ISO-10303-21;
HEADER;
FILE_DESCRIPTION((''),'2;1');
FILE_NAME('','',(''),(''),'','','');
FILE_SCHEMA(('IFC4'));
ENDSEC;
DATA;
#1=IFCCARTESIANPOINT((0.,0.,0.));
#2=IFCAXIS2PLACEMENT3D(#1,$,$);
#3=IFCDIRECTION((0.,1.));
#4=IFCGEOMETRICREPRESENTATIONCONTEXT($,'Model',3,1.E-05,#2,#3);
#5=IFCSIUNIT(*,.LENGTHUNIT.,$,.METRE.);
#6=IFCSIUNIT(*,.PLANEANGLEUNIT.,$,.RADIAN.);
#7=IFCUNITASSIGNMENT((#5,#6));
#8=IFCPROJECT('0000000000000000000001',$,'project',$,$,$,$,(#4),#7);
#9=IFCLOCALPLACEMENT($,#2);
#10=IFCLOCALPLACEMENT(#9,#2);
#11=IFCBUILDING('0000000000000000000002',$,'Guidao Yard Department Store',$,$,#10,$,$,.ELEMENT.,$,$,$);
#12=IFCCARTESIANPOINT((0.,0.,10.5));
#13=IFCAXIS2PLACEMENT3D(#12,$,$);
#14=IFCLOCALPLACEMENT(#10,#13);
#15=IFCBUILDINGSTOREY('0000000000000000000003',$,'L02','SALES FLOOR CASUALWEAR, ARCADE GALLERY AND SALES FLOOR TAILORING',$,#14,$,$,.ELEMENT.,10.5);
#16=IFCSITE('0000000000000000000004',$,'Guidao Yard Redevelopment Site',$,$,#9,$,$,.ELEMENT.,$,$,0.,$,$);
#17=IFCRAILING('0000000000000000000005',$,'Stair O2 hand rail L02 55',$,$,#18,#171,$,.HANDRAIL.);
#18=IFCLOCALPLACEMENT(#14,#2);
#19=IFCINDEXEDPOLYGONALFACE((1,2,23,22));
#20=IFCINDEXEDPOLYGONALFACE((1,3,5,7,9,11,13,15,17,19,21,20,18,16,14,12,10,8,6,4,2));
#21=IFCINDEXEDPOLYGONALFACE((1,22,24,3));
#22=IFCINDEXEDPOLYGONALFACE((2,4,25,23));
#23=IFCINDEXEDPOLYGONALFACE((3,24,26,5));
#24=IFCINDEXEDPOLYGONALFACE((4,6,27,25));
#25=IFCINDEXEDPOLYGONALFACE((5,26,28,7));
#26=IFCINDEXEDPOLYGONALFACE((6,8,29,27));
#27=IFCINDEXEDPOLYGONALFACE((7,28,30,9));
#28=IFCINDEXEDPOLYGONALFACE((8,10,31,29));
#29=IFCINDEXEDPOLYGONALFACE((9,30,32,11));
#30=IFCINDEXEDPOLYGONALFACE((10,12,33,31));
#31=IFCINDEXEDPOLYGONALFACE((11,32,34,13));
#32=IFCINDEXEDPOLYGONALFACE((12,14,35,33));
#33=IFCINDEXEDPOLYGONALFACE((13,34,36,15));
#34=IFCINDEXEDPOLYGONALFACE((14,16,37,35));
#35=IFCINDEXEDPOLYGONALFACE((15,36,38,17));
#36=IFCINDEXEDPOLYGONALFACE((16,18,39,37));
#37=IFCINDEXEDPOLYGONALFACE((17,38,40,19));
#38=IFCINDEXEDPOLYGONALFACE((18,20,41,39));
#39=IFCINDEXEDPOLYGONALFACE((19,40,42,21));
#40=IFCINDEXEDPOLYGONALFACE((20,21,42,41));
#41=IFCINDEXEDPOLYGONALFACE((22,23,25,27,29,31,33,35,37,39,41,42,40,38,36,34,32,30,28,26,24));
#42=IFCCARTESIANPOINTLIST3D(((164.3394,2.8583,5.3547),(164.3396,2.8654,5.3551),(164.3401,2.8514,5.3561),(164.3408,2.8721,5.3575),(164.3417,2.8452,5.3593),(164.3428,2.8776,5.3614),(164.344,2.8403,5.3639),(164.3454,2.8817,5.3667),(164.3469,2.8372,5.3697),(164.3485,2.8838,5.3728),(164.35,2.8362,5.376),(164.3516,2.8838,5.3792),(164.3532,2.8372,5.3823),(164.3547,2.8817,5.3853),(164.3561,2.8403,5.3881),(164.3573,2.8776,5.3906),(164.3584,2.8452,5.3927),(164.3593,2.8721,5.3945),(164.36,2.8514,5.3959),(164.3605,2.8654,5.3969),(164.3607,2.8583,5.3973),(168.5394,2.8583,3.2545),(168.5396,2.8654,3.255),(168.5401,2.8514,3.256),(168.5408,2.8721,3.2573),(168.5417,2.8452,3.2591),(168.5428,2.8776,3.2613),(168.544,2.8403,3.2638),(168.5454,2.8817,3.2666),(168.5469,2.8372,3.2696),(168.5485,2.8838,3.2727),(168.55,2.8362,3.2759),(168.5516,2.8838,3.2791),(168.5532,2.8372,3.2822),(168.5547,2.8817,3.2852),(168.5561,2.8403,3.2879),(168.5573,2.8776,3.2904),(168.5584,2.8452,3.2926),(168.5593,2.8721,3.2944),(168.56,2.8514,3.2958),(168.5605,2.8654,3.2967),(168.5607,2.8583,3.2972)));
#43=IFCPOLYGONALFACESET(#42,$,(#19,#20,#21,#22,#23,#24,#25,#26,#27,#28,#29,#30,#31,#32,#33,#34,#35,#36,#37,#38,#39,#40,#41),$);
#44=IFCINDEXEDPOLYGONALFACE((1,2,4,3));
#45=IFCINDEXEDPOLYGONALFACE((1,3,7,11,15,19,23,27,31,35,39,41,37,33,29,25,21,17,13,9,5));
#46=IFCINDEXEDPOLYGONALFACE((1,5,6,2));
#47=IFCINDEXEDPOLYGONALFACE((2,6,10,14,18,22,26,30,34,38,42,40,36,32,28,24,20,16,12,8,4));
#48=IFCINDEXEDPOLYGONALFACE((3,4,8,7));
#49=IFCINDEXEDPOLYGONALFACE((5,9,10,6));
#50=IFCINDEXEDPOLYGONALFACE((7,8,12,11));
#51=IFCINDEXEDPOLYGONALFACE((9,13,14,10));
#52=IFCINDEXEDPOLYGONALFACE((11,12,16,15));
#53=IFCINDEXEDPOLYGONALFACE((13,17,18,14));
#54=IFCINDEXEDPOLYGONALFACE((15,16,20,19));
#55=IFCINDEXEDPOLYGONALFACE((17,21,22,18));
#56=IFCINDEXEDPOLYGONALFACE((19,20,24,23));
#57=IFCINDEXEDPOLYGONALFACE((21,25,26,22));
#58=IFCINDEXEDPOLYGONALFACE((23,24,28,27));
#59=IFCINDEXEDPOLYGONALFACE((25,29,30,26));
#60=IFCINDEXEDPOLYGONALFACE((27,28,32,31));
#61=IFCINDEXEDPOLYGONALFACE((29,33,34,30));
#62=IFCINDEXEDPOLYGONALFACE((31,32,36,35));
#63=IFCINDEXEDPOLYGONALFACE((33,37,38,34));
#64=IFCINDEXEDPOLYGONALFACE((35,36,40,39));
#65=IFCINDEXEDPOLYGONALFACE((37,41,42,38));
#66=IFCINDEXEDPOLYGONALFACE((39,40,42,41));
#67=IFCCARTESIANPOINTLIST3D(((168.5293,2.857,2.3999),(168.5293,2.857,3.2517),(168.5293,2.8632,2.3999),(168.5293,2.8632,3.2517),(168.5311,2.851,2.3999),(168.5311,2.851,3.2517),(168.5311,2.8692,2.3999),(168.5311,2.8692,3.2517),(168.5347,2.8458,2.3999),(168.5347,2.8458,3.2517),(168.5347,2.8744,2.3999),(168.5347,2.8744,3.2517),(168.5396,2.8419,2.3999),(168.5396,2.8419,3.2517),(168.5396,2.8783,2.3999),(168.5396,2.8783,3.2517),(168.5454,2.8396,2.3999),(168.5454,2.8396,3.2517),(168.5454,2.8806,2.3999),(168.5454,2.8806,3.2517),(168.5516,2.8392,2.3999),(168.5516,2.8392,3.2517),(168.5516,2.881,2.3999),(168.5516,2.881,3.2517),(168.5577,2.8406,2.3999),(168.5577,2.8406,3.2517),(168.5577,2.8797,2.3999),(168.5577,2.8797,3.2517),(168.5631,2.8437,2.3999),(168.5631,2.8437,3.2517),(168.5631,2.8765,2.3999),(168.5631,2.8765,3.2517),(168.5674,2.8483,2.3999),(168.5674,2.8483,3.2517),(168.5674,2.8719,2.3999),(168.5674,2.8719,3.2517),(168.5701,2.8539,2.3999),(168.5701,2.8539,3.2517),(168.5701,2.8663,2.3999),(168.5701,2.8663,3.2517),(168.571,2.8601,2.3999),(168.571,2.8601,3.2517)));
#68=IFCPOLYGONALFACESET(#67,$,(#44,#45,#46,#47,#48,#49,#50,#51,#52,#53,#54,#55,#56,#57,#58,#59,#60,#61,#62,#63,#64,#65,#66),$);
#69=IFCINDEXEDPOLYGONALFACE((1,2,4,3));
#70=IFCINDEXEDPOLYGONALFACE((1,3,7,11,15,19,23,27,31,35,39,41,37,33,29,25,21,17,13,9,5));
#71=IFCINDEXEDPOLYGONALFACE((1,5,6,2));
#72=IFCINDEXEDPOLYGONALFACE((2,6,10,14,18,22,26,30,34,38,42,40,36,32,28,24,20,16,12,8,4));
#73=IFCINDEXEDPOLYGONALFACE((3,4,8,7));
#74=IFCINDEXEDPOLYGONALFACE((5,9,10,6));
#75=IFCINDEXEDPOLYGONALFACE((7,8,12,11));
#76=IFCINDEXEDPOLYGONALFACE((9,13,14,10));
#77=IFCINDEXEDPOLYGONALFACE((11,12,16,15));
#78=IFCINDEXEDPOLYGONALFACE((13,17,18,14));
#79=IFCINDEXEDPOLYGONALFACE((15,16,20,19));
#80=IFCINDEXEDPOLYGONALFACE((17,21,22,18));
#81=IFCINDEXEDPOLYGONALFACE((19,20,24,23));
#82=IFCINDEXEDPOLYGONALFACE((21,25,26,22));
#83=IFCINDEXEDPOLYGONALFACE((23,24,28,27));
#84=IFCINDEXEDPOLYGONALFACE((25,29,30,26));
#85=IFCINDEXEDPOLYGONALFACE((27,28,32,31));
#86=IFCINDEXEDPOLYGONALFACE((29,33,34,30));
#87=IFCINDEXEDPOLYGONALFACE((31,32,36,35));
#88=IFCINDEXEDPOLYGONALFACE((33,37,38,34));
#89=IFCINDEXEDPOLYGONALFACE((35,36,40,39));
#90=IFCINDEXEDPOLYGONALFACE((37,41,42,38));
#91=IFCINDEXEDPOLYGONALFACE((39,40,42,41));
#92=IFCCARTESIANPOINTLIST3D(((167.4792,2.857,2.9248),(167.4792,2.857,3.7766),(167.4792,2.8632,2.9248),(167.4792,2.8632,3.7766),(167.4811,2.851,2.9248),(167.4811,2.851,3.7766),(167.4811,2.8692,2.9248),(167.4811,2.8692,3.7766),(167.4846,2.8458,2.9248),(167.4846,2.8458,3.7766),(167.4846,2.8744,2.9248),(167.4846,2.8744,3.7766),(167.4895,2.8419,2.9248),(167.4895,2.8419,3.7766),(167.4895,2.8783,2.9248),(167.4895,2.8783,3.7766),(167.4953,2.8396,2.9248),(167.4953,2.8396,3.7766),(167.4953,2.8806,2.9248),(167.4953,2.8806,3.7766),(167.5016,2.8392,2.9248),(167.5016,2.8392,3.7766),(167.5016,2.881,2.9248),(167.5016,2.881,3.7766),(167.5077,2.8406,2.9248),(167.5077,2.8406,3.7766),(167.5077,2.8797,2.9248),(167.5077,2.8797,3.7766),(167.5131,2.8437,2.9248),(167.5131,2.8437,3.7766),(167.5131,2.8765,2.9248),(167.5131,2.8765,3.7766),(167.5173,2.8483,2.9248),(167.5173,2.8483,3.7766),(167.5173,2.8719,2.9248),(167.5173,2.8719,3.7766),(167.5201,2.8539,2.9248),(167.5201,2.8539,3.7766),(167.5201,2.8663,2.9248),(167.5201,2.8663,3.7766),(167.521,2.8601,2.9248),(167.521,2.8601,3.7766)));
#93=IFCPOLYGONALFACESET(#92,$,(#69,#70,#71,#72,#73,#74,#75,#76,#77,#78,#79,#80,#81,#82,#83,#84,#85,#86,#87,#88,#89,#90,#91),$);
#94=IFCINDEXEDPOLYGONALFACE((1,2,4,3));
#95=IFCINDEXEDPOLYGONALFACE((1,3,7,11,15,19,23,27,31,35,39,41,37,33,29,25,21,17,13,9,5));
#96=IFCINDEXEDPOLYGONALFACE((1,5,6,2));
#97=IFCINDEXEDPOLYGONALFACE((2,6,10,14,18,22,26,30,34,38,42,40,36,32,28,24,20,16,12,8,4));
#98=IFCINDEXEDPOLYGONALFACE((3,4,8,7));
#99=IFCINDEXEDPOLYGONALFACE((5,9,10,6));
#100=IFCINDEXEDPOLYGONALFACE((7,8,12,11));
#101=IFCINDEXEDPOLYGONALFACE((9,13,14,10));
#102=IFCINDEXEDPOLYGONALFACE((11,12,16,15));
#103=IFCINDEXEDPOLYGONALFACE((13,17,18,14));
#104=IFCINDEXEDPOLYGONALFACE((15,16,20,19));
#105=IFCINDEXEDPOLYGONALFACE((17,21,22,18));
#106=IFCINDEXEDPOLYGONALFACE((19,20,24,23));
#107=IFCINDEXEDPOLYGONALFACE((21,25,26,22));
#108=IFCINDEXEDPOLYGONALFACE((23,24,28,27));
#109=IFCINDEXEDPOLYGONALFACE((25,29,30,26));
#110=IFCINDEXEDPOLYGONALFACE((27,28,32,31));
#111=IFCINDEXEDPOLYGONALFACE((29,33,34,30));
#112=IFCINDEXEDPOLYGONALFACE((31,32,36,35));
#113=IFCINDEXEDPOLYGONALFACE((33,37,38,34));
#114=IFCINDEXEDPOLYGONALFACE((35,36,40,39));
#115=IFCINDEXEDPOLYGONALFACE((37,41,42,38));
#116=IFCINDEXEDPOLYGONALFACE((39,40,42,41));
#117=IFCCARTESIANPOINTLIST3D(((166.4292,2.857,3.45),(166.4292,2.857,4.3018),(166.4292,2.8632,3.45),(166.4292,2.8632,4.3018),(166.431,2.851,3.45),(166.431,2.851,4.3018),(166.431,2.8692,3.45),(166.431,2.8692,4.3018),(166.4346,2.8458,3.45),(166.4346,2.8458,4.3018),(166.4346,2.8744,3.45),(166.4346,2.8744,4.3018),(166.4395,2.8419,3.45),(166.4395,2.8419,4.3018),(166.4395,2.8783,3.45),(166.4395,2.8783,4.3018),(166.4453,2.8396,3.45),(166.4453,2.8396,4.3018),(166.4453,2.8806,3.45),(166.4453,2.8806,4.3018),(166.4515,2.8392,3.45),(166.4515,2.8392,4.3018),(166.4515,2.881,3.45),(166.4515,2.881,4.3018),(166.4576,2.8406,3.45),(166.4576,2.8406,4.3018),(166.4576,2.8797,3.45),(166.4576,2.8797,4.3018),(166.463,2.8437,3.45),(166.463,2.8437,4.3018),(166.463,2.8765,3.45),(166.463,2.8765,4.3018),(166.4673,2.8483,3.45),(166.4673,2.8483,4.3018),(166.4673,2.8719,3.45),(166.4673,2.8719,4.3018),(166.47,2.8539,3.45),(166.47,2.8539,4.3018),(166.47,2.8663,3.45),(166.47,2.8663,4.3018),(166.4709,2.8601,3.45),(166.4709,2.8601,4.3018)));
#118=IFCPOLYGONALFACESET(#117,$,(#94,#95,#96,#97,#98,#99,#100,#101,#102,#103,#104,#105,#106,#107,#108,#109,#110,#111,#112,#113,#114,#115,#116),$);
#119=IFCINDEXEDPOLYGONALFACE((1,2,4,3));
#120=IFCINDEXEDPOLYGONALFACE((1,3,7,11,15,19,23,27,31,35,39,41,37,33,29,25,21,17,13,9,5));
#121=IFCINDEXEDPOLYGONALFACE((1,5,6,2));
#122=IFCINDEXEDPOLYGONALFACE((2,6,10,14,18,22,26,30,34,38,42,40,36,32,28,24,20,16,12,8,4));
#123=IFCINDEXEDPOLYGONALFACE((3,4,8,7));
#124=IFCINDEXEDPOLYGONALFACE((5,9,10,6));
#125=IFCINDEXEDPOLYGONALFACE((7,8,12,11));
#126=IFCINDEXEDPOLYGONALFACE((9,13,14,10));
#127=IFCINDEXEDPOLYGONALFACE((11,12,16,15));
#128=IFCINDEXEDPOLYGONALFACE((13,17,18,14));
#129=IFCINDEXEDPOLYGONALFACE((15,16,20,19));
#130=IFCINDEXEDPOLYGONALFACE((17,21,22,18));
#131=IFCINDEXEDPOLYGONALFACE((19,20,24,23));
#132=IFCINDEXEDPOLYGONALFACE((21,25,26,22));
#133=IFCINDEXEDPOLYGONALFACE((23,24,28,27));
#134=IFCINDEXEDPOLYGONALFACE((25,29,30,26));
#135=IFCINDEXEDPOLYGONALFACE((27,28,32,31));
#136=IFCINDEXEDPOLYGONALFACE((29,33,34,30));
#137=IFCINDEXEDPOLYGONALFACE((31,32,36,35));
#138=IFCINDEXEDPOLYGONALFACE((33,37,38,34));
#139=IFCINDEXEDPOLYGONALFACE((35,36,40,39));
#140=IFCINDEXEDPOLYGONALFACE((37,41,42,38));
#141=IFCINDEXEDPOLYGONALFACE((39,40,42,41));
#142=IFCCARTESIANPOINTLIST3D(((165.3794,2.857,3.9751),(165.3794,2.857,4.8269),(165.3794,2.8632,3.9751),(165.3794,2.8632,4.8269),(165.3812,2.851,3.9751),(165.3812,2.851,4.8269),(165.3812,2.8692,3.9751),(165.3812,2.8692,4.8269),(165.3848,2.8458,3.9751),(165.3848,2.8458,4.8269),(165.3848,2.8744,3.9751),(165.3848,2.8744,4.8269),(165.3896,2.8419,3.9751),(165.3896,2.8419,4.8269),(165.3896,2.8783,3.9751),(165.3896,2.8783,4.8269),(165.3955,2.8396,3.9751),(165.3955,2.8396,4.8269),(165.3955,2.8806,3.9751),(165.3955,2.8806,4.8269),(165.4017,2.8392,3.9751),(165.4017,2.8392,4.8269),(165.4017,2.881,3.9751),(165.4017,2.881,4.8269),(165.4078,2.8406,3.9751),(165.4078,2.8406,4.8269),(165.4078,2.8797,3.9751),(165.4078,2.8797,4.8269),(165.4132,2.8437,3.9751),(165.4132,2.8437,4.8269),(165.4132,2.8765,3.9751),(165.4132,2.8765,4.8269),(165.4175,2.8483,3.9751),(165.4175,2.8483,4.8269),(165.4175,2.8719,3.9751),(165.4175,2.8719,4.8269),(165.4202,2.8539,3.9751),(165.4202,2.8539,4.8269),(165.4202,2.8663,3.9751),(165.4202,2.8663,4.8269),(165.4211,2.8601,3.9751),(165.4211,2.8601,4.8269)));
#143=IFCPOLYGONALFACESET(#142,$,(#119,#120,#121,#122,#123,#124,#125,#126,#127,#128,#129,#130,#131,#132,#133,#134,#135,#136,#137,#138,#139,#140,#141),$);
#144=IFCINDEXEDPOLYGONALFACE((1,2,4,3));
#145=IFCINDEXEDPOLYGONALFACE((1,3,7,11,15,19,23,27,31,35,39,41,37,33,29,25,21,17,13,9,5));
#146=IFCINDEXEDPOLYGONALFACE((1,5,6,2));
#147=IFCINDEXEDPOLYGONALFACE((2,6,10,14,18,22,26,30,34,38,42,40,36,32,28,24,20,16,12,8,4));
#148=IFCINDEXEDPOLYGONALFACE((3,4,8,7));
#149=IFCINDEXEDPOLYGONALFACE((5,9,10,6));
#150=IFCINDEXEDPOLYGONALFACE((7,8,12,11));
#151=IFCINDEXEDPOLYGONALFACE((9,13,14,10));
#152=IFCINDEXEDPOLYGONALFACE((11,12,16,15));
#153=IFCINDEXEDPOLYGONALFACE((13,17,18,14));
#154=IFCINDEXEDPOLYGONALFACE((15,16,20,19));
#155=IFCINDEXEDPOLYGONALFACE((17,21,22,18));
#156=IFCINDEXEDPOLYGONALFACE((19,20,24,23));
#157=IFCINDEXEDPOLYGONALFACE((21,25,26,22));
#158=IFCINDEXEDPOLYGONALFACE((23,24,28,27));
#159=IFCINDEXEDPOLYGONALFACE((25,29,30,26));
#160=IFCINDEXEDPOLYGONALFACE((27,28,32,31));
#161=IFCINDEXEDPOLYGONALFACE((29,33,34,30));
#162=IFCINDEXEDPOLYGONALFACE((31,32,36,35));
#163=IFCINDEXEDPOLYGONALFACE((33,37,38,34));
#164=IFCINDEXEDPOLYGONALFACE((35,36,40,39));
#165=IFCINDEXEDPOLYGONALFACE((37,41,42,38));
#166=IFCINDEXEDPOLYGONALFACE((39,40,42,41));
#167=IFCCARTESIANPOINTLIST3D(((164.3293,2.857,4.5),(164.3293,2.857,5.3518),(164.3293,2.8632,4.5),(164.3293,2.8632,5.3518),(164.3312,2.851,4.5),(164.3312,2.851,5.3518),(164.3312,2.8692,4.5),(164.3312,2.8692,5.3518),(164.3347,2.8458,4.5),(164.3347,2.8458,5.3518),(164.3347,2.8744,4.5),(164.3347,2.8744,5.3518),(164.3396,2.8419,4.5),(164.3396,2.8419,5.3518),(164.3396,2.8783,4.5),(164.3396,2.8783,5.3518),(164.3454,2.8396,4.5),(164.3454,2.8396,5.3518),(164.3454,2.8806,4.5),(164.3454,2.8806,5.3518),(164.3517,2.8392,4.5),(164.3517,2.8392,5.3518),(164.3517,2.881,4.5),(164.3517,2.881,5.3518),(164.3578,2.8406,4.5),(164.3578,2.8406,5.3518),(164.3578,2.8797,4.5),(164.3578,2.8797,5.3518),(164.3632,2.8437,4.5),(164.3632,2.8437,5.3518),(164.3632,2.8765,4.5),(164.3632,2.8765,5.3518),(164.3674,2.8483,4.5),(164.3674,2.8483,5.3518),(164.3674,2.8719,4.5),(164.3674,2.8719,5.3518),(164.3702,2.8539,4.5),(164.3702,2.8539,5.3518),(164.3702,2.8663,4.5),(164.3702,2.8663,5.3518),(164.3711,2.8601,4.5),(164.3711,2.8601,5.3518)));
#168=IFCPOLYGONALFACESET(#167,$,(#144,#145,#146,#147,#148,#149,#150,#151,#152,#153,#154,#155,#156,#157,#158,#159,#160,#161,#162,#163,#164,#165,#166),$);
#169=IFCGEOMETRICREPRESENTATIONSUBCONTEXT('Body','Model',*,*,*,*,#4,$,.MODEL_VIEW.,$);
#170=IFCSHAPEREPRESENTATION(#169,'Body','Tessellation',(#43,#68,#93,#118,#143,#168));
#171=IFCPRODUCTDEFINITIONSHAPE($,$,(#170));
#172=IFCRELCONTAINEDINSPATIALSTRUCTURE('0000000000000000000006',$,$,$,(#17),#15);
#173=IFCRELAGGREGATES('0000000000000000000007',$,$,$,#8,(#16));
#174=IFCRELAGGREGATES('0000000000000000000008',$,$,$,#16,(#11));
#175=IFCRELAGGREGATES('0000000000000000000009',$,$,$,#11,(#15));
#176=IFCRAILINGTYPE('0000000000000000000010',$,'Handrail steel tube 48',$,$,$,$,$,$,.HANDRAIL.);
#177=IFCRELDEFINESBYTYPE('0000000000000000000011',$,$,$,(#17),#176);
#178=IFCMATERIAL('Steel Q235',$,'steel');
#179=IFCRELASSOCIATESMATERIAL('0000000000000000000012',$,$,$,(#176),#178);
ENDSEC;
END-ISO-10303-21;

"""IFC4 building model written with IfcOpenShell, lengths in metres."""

from ifc_helpers import new_model, si_unit, direction, frame, origin, origin_2d, place, context, subcontext, project, spatial, circle, extrude, material, type_object, element, save


model = new_model("IFC4")

# Units and contexts
model_context = context("Model", 3, precision=1e-05, world=origin(), true_north=direction((0.0, 1.0)))
body_context = subcontext(model_context, "Body", "Model", "MODEL_VIEW")
ifc_project = project(units=[si_unit("LENGTHUNIT", "METRE"), si_unit("PLANEANGLEUNIT", "RADIAN")], contexts=[model_context])

# Site, building, storey
site_placement = place(None, origin())
site = spatial("IfcSite", under=ifc_project, at=site_placement, Name="Guidao Yard Redevelopment Site", CompositionType="ELEMENT", RefElevation=0.0)
building_placement = place(site_placement, origin())
building = spatial("IfcBuilding", under=site, at=building_placement, Name="Guidao Yard Department Store", CompositionType="ELEMENT")
storey_placement = place(building_placement, frame((0.0, 0.0, 10.5)))
storey = spatial("IfcBuildingStorey", under=building, at=storey_placement, Name="L02", Description="SALES FLOOR CASUALWEAR, ARCADE GALLERY AND SALES FLOOR TAILORING", CompositionType="ELEMENT", Elevation=10.5)

# Railing
ifc_material_1 = material(Name="Steel Q235", Category="steel")
railing_type_1 = type_object("IfcRailingType", Name="Handrail steel tube 48", PredefinedType="HANDRAIL", material=ifc_material_1)
for number, where, name in (
    (1, (168.55, 2.8601, 2.3999), "Stair O2 hand rail L02 55"),
):
    element("IfcRailing", number, at=place(storey_placement, frame(where)), inside=storey, type_object=railing_type_1, Name=name, PredefinedType="HANDRAIL", context=body_context, shape_type="SweptSolid", body=[
        extrude(circle(Radius=0.0239, at=origin_2d()), frame((0.0, 0.0, 0.876), z_axis=(-0.894417, 0.0, 0.447234), x_axis=(0.0, -1.0, 0.0)), (0.0, 0.0, 1.0), 4.6958),
        extrude(circle(Radius=0.021, at=origin_2d()), origin(), (0.0, 0.0, 1.0), 0.8518),
        extrude(circle(Radius=0.021, at=origin_2d()), frame((-1.05, 0.0, 0.5249)), (0.0, 0.0, 1.0), 0.8518),
        extrude(circle(Radius=0.021, at=origin_2d()), frame((-2.1001, 0.0, 1.05)), (0.0, 0.0, 1.0), 0.8518),
        extrude(circle(Radius=0.021, at=origin_2d()), frame((-3.1499, 0.0, 1.5752)), (0.0, 0.0, 1.0), 0.8518),
        extrude(circle(Radius=0.021, at=origin_2d()), frame((-4.2, 0.0, 2.1001)), (0.0, 0.0, 1.0), 0.8518),
    ])

save(model, "model.ifc")
